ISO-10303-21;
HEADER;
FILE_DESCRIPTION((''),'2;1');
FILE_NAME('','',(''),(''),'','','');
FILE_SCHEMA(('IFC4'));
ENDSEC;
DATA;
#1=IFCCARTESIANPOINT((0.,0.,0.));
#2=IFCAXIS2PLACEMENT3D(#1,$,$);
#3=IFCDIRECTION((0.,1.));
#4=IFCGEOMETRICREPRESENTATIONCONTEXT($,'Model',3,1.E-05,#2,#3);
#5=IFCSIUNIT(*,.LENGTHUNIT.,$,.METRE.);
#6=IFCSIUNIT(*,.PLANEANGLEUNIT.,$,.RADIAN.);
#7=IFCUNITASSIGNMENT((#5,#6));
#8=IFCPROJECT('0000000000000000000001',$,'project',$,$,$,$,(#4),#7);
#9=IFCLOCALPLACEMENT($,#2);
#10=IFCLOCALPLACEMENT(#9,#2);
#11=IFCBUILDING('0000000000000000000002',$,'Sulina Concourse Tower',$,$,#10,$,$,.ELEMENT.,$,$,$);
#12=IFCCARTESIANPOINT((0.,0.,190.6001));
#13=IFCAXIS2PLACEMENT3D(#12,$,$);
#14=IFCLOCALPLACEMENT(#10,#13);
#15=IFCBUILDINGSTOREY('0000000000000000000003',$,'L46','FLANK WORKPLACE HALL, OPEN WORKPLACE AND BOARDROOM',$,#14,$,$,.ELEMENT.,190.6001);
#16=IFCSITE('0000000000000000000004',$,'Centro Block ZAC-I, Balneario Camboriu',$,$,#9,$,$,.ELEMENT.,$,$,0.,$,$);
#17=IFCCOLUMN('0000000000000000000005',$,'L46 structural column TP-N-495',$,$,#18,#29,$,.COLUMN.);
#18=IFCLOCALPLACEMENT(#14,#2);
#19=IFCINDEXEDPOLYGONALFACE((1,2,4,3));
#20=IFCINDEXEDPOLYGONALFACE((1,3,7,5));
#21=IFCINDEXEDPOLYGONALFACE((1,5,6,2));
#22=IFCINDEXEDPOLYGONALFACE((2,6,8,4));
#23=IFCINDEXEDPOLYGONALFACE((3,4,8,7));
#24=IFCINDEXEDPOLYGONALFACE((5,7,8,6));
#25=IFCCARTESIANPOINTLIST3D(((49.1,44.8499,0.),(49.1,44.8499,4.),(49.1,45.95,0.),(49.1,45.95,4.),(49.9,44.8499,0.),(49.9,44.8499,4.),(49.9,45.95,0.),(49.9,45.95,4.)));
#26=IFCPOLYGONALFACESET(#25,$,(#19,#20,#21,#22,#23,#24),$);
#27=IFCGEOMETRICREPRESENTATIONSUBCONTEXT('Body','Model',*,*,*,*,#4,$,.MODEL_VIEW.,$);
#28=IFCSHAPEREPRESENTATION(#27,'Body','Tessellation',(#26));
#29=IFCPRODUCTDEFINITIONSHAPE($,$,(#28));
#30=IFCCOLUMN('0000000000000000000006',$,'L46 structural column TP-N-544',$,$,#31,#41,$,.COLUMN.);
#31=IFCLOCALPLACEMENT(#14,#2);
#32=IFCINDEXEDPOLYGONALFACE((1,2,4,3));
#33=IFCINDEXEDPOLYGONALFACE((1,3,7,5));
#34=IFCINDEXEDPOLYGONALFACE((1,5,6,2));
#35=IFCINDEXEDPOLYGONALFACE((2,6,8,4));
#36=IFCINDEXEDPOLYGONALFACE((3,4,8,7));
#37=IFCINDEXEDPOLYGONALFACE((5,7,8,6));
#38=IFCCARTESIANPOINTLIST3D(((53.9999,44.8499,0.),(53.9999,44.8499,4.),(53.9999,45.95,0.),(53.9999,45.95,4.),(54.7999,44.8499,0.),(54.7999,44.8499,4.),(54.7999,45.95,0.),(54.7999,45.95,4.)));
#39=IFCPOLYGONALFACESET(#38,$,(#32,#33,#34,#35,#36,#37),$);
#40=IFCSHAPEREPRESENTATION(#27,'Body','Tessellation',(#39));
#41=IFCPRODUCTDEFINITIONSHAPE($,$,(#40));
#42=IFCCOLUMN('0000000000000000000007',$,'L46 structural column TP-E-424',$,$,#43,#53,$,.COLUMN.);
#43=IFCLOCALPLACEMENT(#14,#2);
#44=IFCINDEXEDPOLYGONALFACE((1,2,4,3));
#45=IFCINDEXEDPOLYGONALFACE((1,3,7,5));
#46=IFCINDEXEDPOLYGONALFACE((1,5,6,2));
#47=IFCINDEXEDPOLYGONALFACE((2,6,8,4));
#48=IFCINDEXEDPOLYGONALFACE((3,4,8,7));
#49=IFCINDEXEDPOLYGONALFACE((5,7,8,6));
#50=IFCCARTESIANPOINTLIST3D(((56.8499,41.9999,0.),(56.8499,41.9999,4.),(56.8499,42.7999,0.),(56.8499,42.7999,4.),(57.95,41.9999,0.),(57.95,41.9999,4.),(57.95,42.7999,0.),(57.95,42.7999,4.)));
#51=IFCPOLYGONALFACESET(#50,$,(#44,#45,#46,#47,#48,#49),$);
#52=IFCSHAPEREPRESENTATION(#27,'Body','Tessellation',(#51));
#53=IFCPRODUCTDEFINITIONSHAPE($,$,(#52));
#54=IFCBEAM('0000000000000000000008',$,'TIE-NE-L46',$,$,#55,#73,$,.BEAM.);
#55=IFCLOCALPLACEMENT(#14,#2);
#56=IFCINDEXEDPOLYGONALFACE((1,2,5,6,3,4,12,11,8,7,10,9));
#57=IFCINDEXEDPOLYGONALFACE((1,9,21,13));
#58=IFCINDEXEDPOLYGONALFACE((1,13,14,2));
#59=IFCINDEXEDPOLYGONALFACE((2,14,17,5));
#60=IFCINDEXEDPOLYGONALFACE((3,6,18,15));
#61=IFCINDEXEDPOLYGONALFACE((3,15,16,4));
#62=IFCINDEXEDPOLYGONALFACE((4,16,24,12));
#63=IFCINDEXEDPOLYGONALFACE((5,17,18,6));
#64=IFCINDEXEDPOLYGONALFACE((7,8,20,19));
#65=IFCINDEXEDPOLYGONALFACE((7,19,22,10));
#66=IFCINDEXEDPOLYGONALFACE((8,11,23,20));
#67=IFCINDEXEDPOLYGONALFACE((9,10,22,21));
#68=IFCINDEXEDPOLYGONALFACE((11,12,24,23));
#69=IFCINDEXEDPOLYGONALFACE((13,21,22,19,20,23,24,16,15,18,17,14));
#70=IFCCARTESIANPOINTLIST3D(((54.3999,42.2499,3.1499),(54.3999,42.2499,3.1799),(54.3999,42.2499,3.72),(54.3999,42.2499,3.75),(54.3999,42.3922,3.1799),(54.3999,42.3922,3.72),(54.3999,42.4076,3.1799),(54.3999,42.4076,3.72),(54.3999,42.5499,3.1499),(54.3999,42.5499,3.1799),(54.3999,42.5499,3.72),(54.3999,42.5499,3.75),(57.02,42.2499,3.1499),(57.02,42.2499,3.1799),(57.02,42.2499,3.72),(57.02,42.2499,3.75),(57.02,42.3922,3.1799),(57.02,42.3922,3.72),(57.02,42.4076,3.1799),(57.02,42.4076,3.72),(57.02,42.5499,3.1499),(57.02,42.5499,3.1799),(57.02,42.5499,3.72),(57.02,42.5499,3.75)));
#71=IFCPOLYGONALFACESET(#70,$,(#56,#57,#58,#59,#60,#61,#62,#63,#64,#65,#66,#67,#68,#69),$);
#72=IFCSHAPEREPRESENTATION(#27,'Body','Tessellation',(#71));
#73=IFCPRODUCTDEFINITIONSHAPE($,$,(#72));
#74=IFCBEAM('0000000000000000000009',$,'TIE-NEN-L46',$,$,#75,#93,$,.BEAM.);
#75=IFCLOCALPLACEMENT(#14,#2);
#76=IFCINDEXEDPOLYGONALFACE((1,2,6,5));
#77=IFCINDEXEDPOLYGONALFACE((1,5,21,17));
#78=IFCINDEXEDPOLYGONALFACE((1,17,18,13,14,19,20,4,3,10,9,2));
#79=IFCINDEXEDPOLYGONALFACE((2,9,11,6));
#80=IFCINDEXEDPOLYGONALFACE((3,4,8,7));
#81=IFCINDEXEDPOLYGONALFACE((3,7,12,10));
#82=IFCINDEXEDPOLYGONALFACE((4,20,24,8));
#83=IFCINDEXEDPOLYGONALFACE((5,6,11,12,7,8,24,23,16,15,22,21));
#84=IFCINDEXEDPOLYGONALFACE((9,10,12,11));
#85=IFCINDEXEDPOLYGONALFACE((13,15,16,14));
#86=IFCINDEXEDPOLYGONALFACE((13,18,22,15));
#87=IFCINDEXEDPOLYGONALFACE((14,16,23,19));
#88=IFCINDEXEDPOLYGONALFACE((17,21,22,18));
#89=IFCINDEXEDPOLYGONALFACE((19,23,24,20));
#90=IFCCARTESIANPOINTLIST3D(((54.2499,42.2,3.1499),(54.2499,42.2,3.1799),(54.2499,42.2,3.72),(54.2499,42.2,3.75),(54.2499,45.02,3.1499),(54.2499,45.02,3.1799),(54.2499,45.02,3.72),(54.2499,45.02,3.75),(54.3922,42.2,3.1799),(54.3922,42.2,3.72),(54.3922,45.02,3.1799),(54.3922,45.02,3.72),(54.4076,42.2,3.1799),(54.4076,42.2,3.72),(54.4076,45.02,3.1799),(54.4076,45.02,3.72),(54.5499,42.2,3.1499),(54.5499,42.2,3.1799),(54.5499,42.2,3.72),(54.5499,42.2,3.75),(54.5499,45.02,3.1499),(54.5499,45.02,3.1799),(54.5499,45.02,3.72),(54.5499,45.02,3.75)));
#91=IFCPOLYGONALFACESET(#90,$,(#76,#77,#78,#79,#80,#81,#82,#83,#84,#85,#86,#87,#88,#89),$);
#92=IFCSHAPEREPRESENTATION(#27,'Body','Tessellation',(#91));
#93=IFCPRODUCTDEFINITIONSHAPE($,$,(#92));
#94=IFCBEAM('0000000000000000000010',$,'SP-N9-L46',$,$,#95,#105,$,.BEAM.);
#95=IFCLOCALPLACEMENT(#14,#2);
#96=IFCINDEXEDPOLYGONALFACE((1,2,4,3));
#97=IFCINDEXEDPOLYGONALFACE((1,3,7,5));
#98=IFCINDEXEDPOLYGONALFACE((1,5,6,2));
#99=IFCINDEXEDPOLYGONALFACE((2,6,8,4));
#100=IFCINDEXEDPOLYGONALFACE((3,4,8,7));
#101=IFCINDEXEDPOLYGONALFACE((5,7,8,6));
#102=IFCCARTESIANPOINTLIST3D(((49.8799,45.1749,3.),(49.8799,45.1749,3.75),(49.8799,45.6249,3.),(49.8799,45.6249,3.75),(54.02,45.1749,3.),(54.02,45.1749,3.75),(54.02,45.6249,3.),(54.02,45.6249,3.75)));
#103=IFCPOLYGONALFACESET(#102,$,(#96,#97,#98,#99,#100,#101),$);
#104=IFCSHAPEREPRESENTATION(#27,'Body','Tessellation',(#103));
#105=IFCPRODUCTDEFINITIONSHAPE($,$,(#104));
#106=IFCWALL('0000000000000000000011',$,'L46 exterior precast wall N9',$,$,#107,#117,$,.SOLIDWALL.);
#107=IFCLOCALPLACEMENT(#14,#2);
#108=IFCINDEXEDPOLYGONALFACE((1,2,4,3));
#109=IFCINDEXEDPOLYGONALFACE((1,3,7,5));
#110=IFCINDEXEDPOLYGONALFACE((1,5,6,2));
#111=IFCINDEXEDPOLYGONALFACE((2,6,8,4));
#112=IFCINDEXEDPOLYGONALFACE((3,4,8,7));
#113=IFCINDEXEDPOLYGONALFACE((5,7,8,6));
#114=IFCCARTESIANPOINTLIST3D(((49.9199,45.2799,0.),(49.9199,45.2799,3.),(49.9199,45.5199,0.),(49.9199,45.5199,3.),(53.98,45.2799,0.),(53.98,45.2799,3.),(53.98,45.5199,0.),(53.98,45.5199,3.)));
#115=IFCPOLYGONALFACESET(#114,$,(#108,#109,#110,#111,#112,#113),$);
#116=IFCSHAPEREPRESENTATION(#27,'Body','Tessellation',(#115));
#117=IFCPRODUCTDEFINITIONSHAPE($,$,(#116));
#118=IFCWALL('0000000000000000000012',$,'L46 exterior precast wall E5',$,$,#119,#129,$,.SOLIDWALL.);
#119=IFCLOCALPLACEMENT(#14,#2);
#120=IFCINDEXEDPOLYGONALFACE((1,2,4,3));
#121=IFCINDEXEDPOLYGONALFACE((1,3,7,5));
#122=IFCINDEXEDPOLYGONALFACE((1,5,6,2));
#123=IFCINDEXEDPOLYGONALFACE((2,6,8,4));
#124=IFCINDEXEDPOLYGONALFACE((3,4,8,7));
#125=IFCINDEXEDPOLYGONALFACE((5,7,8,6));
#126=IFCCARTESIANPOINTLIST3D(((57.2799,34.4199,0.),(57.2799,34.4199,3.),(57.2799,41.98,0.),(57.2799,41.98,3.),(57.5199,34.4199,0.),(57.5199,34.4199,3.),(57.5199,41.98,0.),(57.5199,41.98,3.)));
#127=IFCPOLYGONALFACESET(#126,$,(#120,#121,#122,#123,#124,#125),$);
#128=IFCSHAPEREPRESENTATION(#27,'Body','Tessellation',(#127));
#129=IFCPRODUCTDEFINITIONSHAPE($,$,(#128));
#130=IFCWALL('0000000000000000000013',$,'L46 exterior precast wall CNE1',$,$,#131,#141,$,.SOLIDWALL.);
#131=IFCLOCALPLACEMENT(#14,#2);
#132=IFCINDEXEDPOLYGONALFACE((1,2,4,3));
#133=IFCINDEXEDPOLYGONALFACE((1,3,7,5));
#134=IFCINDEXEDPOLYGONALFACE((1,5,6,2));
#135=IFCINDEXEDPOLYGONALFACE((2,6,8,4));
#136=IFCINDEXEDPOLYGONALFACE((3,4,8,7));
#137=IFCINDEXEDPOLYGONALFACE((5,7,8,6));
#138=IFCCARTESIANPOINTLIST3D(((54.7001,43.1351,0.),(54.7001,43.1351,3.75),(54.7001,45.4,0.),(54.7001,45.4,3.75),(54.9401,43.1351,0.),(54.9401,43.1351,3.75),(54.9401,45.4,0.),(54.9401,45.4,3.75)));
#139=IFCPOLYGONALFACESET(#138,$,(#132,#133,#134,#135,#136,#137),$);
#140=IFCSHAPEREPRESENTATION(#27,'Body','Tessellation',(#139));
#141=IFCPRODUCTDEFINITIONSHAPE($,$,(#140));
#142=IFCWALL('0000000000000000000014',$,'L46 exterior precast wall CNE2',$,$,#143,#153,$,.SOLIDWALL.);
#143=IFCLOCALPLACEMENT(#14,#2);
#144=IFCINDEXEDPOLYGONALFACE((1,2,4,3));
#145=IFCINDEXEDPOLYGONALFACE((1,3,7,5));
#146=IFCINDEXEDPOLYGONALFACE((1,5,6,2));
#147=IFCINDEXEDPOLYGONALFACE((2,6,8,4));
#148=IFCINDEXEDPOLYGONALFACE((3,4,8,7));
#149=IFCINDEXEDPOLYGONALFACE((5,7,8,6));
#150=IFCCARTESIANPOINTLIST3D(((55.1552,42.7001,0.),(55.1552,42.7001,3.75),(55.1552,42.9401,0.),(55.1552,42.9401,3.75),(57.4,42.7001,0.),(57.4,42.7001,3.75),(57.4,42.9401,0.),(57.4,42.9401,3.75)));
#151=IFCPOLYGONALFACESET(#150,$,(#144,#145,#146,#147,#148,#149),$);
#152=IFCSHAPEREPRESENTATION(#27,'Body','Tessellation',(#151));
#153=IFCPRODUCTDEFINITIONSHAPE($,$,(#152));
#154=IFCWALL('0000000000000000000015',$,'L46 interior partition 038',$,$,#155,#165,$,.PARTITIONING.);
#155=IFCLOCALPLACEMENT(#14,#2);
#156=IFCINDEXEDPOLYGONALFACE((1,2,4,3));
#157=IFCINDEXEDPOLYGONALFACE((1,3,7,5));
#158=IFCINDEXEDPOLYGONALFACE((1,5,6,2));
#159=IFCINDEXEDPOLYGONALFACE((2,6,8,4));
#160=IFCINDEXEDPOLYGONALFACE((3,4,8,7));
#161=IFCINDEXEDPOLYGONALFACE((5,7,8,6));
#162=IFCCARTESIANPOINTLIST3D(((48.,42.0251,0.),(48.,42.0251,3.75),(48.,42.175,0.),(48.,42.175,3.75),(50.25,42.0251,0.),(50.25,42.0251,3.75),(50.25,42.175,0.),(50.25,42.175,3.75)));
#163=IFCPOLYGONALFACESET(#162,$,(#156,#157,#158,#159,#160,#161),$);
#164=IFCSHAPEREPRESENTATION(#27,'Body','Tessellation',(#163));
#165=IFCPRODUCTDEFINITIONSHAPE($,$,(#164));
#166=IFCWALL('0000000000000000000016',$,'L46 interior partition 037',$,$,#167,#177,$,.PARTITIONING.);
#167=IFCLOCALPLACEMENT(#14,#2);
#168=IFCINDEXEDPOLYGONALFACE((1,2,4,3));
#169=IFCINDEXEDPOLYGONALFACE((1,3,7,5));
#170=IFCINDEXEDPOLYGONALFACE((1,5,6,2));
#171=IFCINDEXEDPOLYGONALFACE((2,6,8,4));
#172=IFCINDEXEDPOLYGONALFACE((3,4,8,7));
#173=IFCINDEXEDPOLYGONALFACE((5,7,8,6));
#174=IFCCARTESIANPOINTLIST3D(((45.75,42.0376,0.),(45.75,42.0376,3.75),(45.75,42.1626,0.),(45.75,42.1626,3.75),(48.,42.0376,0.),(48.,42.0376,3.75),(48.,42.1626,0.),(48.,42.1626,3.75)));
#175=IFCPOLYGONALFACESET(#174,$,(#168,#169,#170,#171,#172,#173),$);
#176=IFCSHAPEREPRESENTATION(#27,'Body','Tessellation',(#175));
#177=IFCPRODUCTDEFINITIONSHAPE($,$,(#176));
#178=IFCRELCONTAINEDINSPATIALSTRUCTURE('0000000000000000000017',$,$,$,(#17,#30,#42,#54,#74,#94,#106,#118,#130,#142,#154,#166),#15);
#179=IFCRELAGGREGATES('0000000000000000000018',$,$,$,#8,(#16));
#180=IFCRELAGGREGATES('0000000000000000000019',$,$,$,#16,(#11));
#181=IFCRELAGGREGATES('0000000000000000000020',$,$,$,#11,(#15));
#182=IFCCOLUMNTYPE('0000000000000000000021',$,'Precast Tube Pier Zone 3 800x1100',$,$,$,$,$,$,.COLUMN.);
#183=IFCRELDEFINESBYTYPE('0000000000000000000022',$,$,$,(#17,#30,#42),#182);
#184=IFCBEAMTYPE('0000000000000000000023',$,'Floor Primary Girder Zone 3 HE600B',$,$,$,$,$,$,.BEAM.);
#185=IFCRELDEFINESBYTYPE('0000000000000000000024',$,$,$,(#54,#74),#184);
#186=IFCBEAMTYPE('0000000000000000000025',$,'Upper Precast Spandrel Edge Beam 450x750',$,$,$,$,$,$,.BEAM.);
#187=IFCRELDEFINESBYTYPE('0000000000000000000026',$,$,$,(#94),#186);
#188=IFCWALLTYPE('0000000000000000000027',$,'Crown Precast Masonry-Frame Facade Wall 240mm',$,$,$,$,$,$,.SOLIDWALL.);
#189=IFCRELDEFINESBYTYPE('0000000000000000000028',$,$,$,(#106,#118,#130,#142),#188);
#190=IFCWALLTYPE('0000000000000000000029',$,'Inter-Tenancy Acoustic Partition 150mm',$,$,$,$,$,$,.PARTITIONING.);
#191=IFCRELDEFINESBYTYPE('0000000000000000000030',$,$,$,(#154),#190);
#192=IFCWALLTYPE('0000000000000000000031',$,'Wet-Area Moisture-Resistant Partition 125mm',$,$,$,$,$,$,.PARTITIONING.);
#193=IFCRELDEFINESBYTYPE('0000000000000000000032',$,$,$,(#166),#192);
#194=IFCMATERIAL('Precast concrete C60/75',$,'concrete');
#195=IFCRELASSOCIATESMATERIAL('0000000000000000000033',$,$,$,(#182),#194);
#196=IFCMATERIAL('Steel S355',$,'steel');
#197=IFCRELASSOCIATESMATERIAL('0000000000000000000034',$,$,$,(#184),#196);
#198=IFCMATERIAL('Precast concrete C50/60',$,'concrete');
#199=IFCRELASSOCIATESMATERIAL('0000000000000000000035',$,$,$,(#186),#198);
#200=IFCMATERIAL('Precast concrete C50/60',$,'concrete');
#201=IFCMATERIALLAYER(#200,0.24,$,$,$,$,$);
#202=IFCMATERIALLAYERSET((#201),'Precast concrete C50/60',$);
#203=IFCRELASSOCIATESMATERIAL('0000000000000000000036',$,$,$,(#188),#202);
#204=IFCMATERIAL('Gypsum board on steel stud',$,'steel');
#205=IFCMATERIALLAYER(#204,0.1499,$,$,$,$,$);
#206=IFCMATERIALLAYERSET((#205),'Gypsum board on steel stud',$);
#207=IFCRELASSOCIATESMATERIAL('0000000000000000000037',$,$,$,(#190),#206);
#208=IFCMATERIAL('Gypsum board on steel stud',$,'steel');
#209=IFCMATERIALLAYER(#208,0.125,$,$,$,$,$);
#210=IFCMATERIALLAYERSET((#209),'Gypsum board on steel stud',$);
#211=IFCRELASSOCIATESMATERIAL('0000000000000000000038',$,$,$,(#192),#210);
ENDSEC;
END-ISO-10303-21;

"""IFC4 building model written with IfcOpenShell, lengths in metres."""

from ifc_helpers import new_model, si_unit, direction, frame, frame_2d, origin, origin_2d, place, context, subcontext, project, spatial, rectangle, i_section, extrude, material, layer, layer_set, material_profile, profile_set, type_object, element, save


model = new_model("IFC4")

# Units and contexts
model_context = context("Model", 3, precision=1e-05, world=origin(), true_north=direction((0.0, 1.0)))
body_context = subcontext(model_context, "Body", "Model", "MODEL_VIEW")
ifc_project = project(units=[si_unit("LENGTHUNIT", "METRE"), si_unit("PLANEANGLEUNIT", "RADIAN")], contexts=[model_context])

# Site, building, storey
site_placement = place(None, origin())
site = spatial("IfcSite", under=ifc_project, at=site_placement, Name="Centro Block ZAC-I, Balneario Camboriu", CompositionType="ELEMENT", RefElevation=0.0)
building_placement = place(site_placement, origin())
building = spatial("IfcBuilding", under=site, at=building_placement, Name="Sulina Concourse Tower", CompositionType="ELEMENT")
storey_placement = place(building_placement, frame((0.0, 0.0, 190.6001)))
storey = spatial("IfcBuildingStorey", under=building, at=storey_placement, Name="L46", Description="FLANK WORKPLACE HALL, OPEN WORKPLACE AND BOARDROOM", CompositionType="ELEMENT", Elevation=190.6001)

# Columns
ifc_material_1 = material(Name="Precast concrete C60/75", Category="concrete")
ifc_material_profile_1 = material_profile(ifc_material_1, rectangle(XDim=0.8, YDim=1.1001, at=origin_2d()), Name="PC 800x1100")
ifc_profile_set_1 = profile_set([ifc_material_profile_1], Name="Precast concrete C60/75")
column_type = type_object("IfcColumnType", Name="Precast Tube Pier Zone 3 800x1100", PredefinedType="COLUMN", material=ifc_profile_set_1)
for number, where, z_axis, x_axis, name in (
    (1, (49.5, 45.3999, 0.0), (0.0, 0.0, 1.0), (1.0, 0.0, 0.0), "L46 structural column TP-N-495"),
    (2, (54.3999, 45.3999, 0.0), (0.0, 0.0, 1.0), (1.0, 0.0, 0.0), "L46 structural column TP-N-544"),
    (3, (57.3999, 42.3999, 0.0), (0.0, 0.0, 1.0), (0.0, 1.0, 0.0), "L46 structural column TP-E-424"),
):
    element("IfcColumn", number, at=place(storey_placement, frame(where, z_axis=z_axis, x_axis=x_axis)), inside=storey, type_object=column_type, Name=name, PredefinedType="COLUMN", context=body_context, shape_type="SweptSolid", body=[
        extrude(rectangle(XDim=0.8, YDim=1.1001, at=origin_2d()), origin(), (0.0, 0.0, 1.0), 4.0),
    ])

# Beams
ifc_material_2 = material(Name="Steel S355", Category="steel")
ifc_material_profile_2 = material_profile(ifc_material_2, i_section(OverallWidth=0.3, OverallDepth=0.6001, WebThickness=0.0154, FlangeThickness=0.03, at=origin_2d()), Name="HE 600 B")
ifc_profile_set_2 = profile_set([ifc_material_profile_2], Name="Steel S355")
beam_type_1 = type_object("IfcBeamType", Name="Floor Primary Girder Zone 3 HE600B", PredefinedType="BEAM", material=ifc_profile_set_2)
beam_1_placement = place(storey_placement, frame((54.3999, 42.3999, 3.45), z_axis=(1.0, 0.0, 0.0), x_axis=(0.0, 1.0, 0.0)))
element("IfcBeam", 4, at=beam_1_placement, inside=storey, type_object=beam_type_1, Name="TIE-NE-L46", PredefinedType="BEAM", context=body_context, shape_type="SweptSolid", body=[
    extrude(i_section(OverallWidth=0.3, OverallDepth=0.6001, WebThickness=0.0154, FlangeThickness=0.03, at=origin_2d()), origin(), (0.0, 0.0, 1.0), 2.6201),
])
beam_2_placement = place(storey_placement, frame((54.3999, 42.2, 3.45), z_axis=(0.0, 1.0, 0.0), x_axis=(-1.0, 0.0, 0.0)))
element("IfcBeam", 5, at=beam_2_placement, inside=storey, type_object=beam_type_1, Name="TIE-NEN-L46", PredefinedType="BEAM", context=body_context, shape_type="SweptSolid", body=[
    extrude(i_section(OverallWidth=0.3, OverallDepth=0.6001, WebThickness=0.0154, FlangeThickness=0.03, at=origin_2d()), origin(), (0.0, 0.0, 1.0), 2.8201),
])
ifc_material_3 = material(Name="Precast concrete C50/60", Category="concrete")
ifc_material_profile_3 = material_profile(ifc_material_3, rectangle(XDim=0.45, YDim=0.75, at=origin_2d()), Name="RC 450x750")
ifc_profile_set_3 = profile_set([ifc_material_profile_3], Name="Precast concrete C50/60")
beam_type_2 = type_object("IfcBeamType", Name="Upper Precast Spandrel Edge Beam 450x750", PredefinedType="BEAM", material=ifc_profile_set_3)
beam_3_placement = place(storey_placement, frame((49.8799, 45.3999, 3.375), z_axis=(1.0, 0.0, 0.0), x_axis=(0.0, 1.0, 0.0)))
element("IfcBeam", 6, at=beam_3_placement, inside=storey, type_object=beam_type_2, Name="SP-N9-L46", PredefinedType="BEAM", context=body_context, shape_type="SweptSolid", body=[
    extrude(rectangle(XDim=0.45, YDim=0.75, at=origin_2d()), origin(), (0.0, 0.0, 1.0), 4.1401),
])

# Walls
ifc_material_4 = material(Name="Precast concrete C50/60", Category="concrete")
ifc_layer_1 = layer(ifc_material_4, 0.24)
ifc_layer_set_1 = layer_set([ifc_layer_1], Name="Precast concrete C50/60")
wall_type_1 = type_object("IfcWallType", Name="Crown Precast Masonry-Frame Facade Wall 240mm", PredefinedType="SOLIDWALL", material=ifc_layer_set_1)
wall_1_placement = place(storey_placement, frame((49.9199, 45.3999, 0.0), z_axis=(0.0, 0.0, 1.0), x_axis=(1.0, 0.0, 0.0)))
element("IfcWall", 7, at=wall_1_placement, inside=storey, type_object=wall_type_1, Name="L46 exterior precast wall N9", PredefinedType="SOLIDWALL", context=body_context, shape_type="SweptSolid", body=[
    extrude(rectangle(XDim=4.0601, YDim=0.24, at=frame_2d((2.03, 0.0))), origin(), (0.0, 0.0, 1.0), 3.0),
])
wall_2_placement = place(storey_placement, frame((57.3999, 41.98, 0.0), z_axis=(0.0, 0.0, 1.0), x_axis=(0.0, -1.0, 0.0)))
element("IfcWall", 8, at=wall_2_placement, inside=storey, type_object=wall_type_1, Name="L46 exterior precast wall E5", PredefinedType="SOLIDWALL", context=body_context, shape_type="SweptSolid", body=[
    extrude(rectangle(XDim=7.5601, YDim=0.24, at=frame_2d((3.78, 0.0))), origin(), (0.0, 0.0, 1.0), 3.0),
])
wall_3_placement = place(storey_placement, frame((54.8201, 45.3999, 0.0), z_axis=(0.0, 0.0, 1.0), x_axis=(0.0, -1.0, 0.0)))
element("IfcWall", 9, at=wall_3_placement, inside=storey, type_object=wall_type_1, Name="L46 exterior precast wall CNE1", PredefinedType="SOLIDWALL", context=body_context, shape_type="SweptSolid", body=[
    extrude(rectangle(XDim=2.2649, YDim=0.24, at=frame_2d((1.1323, 0.0))), origin(), (0.0, 0.0, 1.0), 3.75),
])
wall_4_placement = place(storey_placement, frame((55.155, 42.8201, 0.0), z_axis=(0.0, 0.0, 1.0), x_axis=(1.0, 0.0, 0.0)))
element("IfcWall", 10, at=wall_4_placement, inside=storey, type_object=wall_type_1, Name="L46 exterior precast wall CNE2", PredefinedType="SOLIDWALL", context=body_context, shape_type="SweptSolid", body=[
    extrude(rectangle(XDim=2.2449, YDim=0.24, at=frame_2d((1.1226, 0.0))), origin(), (0.0, 0.0, 1.0), 3.75),
])
ifc_material_5 = material(Name="Gypsum board on steel stud", Category="steel")
ifc_layer_2 = layer(ifc_material_5, 0.1499)
ifc_layer_set_2 = layer_set([ifc_layer_2], Name="Gypsum board on steel stud")
wall_type_2 = type_object("IfcWallType", Name="Inter-Tenancy Acoustic Partition 150mm", PredefinedType="PARTITIONING", material=ifc_layer_set_2)
wall_5_placement = place(storey_placement, frame((48.0, 42.1001, 0.0), z_axis=(0.0, 0.0, 1.0), x_axis=(1.0, 0.0, 0.0)))
element("IfcWall", 11, at=wall_5_placement, inside=storey, type_object=wall_type_2, Name="L46 interior partition 038", PredefinedType="PARTITIONING", context=body_context, shape_type="SweptSolid", body=[
    extrude(rectangle(XDim=2.25, YDim=0.1499, at=frame_2d((1.125, 0.0))), origin(), (0.0, 0.0, 1.0), 3.75),
])
ifc_material_6 = material(Name="Gypsum board on steel stud", Category="steel")
ifc_layer_3 = layer(ifc_material_6, 0.125)
ifc_layer_set_3 = layer_set([ifc_layer_3], Name="Gypsum board on steel stud")
wall_type_3 = type_object("IfcWallType", Name="Wet-Area Moisture-Resistant Partition 125mm", PredefinedType="PARTITIONING", material=ifc_layer_set_3)
wall_6_placement = place(storey_placement, frame((45.75, 42.1001, 0.0), z_axis=(0.0, 0.0, 1.0), x_axis=(1.0, 0.0, 0.0)))
element("IfcWall", 12, at=wall_6_placement, inside=storey, type_object=wall_type_3, Name="L46 interior partition 037", PredefinedType="PARTITIONING", context=body_context, shape_type="SweptSolid", body=[
    extrude(rectangle(XDim=2.25, YDim=0.125, at=frame_2d((1.125, 0.0))), origin(), (0.0, 0.0, 1.0), 3.75),
])

save(model, "model.ifc")
